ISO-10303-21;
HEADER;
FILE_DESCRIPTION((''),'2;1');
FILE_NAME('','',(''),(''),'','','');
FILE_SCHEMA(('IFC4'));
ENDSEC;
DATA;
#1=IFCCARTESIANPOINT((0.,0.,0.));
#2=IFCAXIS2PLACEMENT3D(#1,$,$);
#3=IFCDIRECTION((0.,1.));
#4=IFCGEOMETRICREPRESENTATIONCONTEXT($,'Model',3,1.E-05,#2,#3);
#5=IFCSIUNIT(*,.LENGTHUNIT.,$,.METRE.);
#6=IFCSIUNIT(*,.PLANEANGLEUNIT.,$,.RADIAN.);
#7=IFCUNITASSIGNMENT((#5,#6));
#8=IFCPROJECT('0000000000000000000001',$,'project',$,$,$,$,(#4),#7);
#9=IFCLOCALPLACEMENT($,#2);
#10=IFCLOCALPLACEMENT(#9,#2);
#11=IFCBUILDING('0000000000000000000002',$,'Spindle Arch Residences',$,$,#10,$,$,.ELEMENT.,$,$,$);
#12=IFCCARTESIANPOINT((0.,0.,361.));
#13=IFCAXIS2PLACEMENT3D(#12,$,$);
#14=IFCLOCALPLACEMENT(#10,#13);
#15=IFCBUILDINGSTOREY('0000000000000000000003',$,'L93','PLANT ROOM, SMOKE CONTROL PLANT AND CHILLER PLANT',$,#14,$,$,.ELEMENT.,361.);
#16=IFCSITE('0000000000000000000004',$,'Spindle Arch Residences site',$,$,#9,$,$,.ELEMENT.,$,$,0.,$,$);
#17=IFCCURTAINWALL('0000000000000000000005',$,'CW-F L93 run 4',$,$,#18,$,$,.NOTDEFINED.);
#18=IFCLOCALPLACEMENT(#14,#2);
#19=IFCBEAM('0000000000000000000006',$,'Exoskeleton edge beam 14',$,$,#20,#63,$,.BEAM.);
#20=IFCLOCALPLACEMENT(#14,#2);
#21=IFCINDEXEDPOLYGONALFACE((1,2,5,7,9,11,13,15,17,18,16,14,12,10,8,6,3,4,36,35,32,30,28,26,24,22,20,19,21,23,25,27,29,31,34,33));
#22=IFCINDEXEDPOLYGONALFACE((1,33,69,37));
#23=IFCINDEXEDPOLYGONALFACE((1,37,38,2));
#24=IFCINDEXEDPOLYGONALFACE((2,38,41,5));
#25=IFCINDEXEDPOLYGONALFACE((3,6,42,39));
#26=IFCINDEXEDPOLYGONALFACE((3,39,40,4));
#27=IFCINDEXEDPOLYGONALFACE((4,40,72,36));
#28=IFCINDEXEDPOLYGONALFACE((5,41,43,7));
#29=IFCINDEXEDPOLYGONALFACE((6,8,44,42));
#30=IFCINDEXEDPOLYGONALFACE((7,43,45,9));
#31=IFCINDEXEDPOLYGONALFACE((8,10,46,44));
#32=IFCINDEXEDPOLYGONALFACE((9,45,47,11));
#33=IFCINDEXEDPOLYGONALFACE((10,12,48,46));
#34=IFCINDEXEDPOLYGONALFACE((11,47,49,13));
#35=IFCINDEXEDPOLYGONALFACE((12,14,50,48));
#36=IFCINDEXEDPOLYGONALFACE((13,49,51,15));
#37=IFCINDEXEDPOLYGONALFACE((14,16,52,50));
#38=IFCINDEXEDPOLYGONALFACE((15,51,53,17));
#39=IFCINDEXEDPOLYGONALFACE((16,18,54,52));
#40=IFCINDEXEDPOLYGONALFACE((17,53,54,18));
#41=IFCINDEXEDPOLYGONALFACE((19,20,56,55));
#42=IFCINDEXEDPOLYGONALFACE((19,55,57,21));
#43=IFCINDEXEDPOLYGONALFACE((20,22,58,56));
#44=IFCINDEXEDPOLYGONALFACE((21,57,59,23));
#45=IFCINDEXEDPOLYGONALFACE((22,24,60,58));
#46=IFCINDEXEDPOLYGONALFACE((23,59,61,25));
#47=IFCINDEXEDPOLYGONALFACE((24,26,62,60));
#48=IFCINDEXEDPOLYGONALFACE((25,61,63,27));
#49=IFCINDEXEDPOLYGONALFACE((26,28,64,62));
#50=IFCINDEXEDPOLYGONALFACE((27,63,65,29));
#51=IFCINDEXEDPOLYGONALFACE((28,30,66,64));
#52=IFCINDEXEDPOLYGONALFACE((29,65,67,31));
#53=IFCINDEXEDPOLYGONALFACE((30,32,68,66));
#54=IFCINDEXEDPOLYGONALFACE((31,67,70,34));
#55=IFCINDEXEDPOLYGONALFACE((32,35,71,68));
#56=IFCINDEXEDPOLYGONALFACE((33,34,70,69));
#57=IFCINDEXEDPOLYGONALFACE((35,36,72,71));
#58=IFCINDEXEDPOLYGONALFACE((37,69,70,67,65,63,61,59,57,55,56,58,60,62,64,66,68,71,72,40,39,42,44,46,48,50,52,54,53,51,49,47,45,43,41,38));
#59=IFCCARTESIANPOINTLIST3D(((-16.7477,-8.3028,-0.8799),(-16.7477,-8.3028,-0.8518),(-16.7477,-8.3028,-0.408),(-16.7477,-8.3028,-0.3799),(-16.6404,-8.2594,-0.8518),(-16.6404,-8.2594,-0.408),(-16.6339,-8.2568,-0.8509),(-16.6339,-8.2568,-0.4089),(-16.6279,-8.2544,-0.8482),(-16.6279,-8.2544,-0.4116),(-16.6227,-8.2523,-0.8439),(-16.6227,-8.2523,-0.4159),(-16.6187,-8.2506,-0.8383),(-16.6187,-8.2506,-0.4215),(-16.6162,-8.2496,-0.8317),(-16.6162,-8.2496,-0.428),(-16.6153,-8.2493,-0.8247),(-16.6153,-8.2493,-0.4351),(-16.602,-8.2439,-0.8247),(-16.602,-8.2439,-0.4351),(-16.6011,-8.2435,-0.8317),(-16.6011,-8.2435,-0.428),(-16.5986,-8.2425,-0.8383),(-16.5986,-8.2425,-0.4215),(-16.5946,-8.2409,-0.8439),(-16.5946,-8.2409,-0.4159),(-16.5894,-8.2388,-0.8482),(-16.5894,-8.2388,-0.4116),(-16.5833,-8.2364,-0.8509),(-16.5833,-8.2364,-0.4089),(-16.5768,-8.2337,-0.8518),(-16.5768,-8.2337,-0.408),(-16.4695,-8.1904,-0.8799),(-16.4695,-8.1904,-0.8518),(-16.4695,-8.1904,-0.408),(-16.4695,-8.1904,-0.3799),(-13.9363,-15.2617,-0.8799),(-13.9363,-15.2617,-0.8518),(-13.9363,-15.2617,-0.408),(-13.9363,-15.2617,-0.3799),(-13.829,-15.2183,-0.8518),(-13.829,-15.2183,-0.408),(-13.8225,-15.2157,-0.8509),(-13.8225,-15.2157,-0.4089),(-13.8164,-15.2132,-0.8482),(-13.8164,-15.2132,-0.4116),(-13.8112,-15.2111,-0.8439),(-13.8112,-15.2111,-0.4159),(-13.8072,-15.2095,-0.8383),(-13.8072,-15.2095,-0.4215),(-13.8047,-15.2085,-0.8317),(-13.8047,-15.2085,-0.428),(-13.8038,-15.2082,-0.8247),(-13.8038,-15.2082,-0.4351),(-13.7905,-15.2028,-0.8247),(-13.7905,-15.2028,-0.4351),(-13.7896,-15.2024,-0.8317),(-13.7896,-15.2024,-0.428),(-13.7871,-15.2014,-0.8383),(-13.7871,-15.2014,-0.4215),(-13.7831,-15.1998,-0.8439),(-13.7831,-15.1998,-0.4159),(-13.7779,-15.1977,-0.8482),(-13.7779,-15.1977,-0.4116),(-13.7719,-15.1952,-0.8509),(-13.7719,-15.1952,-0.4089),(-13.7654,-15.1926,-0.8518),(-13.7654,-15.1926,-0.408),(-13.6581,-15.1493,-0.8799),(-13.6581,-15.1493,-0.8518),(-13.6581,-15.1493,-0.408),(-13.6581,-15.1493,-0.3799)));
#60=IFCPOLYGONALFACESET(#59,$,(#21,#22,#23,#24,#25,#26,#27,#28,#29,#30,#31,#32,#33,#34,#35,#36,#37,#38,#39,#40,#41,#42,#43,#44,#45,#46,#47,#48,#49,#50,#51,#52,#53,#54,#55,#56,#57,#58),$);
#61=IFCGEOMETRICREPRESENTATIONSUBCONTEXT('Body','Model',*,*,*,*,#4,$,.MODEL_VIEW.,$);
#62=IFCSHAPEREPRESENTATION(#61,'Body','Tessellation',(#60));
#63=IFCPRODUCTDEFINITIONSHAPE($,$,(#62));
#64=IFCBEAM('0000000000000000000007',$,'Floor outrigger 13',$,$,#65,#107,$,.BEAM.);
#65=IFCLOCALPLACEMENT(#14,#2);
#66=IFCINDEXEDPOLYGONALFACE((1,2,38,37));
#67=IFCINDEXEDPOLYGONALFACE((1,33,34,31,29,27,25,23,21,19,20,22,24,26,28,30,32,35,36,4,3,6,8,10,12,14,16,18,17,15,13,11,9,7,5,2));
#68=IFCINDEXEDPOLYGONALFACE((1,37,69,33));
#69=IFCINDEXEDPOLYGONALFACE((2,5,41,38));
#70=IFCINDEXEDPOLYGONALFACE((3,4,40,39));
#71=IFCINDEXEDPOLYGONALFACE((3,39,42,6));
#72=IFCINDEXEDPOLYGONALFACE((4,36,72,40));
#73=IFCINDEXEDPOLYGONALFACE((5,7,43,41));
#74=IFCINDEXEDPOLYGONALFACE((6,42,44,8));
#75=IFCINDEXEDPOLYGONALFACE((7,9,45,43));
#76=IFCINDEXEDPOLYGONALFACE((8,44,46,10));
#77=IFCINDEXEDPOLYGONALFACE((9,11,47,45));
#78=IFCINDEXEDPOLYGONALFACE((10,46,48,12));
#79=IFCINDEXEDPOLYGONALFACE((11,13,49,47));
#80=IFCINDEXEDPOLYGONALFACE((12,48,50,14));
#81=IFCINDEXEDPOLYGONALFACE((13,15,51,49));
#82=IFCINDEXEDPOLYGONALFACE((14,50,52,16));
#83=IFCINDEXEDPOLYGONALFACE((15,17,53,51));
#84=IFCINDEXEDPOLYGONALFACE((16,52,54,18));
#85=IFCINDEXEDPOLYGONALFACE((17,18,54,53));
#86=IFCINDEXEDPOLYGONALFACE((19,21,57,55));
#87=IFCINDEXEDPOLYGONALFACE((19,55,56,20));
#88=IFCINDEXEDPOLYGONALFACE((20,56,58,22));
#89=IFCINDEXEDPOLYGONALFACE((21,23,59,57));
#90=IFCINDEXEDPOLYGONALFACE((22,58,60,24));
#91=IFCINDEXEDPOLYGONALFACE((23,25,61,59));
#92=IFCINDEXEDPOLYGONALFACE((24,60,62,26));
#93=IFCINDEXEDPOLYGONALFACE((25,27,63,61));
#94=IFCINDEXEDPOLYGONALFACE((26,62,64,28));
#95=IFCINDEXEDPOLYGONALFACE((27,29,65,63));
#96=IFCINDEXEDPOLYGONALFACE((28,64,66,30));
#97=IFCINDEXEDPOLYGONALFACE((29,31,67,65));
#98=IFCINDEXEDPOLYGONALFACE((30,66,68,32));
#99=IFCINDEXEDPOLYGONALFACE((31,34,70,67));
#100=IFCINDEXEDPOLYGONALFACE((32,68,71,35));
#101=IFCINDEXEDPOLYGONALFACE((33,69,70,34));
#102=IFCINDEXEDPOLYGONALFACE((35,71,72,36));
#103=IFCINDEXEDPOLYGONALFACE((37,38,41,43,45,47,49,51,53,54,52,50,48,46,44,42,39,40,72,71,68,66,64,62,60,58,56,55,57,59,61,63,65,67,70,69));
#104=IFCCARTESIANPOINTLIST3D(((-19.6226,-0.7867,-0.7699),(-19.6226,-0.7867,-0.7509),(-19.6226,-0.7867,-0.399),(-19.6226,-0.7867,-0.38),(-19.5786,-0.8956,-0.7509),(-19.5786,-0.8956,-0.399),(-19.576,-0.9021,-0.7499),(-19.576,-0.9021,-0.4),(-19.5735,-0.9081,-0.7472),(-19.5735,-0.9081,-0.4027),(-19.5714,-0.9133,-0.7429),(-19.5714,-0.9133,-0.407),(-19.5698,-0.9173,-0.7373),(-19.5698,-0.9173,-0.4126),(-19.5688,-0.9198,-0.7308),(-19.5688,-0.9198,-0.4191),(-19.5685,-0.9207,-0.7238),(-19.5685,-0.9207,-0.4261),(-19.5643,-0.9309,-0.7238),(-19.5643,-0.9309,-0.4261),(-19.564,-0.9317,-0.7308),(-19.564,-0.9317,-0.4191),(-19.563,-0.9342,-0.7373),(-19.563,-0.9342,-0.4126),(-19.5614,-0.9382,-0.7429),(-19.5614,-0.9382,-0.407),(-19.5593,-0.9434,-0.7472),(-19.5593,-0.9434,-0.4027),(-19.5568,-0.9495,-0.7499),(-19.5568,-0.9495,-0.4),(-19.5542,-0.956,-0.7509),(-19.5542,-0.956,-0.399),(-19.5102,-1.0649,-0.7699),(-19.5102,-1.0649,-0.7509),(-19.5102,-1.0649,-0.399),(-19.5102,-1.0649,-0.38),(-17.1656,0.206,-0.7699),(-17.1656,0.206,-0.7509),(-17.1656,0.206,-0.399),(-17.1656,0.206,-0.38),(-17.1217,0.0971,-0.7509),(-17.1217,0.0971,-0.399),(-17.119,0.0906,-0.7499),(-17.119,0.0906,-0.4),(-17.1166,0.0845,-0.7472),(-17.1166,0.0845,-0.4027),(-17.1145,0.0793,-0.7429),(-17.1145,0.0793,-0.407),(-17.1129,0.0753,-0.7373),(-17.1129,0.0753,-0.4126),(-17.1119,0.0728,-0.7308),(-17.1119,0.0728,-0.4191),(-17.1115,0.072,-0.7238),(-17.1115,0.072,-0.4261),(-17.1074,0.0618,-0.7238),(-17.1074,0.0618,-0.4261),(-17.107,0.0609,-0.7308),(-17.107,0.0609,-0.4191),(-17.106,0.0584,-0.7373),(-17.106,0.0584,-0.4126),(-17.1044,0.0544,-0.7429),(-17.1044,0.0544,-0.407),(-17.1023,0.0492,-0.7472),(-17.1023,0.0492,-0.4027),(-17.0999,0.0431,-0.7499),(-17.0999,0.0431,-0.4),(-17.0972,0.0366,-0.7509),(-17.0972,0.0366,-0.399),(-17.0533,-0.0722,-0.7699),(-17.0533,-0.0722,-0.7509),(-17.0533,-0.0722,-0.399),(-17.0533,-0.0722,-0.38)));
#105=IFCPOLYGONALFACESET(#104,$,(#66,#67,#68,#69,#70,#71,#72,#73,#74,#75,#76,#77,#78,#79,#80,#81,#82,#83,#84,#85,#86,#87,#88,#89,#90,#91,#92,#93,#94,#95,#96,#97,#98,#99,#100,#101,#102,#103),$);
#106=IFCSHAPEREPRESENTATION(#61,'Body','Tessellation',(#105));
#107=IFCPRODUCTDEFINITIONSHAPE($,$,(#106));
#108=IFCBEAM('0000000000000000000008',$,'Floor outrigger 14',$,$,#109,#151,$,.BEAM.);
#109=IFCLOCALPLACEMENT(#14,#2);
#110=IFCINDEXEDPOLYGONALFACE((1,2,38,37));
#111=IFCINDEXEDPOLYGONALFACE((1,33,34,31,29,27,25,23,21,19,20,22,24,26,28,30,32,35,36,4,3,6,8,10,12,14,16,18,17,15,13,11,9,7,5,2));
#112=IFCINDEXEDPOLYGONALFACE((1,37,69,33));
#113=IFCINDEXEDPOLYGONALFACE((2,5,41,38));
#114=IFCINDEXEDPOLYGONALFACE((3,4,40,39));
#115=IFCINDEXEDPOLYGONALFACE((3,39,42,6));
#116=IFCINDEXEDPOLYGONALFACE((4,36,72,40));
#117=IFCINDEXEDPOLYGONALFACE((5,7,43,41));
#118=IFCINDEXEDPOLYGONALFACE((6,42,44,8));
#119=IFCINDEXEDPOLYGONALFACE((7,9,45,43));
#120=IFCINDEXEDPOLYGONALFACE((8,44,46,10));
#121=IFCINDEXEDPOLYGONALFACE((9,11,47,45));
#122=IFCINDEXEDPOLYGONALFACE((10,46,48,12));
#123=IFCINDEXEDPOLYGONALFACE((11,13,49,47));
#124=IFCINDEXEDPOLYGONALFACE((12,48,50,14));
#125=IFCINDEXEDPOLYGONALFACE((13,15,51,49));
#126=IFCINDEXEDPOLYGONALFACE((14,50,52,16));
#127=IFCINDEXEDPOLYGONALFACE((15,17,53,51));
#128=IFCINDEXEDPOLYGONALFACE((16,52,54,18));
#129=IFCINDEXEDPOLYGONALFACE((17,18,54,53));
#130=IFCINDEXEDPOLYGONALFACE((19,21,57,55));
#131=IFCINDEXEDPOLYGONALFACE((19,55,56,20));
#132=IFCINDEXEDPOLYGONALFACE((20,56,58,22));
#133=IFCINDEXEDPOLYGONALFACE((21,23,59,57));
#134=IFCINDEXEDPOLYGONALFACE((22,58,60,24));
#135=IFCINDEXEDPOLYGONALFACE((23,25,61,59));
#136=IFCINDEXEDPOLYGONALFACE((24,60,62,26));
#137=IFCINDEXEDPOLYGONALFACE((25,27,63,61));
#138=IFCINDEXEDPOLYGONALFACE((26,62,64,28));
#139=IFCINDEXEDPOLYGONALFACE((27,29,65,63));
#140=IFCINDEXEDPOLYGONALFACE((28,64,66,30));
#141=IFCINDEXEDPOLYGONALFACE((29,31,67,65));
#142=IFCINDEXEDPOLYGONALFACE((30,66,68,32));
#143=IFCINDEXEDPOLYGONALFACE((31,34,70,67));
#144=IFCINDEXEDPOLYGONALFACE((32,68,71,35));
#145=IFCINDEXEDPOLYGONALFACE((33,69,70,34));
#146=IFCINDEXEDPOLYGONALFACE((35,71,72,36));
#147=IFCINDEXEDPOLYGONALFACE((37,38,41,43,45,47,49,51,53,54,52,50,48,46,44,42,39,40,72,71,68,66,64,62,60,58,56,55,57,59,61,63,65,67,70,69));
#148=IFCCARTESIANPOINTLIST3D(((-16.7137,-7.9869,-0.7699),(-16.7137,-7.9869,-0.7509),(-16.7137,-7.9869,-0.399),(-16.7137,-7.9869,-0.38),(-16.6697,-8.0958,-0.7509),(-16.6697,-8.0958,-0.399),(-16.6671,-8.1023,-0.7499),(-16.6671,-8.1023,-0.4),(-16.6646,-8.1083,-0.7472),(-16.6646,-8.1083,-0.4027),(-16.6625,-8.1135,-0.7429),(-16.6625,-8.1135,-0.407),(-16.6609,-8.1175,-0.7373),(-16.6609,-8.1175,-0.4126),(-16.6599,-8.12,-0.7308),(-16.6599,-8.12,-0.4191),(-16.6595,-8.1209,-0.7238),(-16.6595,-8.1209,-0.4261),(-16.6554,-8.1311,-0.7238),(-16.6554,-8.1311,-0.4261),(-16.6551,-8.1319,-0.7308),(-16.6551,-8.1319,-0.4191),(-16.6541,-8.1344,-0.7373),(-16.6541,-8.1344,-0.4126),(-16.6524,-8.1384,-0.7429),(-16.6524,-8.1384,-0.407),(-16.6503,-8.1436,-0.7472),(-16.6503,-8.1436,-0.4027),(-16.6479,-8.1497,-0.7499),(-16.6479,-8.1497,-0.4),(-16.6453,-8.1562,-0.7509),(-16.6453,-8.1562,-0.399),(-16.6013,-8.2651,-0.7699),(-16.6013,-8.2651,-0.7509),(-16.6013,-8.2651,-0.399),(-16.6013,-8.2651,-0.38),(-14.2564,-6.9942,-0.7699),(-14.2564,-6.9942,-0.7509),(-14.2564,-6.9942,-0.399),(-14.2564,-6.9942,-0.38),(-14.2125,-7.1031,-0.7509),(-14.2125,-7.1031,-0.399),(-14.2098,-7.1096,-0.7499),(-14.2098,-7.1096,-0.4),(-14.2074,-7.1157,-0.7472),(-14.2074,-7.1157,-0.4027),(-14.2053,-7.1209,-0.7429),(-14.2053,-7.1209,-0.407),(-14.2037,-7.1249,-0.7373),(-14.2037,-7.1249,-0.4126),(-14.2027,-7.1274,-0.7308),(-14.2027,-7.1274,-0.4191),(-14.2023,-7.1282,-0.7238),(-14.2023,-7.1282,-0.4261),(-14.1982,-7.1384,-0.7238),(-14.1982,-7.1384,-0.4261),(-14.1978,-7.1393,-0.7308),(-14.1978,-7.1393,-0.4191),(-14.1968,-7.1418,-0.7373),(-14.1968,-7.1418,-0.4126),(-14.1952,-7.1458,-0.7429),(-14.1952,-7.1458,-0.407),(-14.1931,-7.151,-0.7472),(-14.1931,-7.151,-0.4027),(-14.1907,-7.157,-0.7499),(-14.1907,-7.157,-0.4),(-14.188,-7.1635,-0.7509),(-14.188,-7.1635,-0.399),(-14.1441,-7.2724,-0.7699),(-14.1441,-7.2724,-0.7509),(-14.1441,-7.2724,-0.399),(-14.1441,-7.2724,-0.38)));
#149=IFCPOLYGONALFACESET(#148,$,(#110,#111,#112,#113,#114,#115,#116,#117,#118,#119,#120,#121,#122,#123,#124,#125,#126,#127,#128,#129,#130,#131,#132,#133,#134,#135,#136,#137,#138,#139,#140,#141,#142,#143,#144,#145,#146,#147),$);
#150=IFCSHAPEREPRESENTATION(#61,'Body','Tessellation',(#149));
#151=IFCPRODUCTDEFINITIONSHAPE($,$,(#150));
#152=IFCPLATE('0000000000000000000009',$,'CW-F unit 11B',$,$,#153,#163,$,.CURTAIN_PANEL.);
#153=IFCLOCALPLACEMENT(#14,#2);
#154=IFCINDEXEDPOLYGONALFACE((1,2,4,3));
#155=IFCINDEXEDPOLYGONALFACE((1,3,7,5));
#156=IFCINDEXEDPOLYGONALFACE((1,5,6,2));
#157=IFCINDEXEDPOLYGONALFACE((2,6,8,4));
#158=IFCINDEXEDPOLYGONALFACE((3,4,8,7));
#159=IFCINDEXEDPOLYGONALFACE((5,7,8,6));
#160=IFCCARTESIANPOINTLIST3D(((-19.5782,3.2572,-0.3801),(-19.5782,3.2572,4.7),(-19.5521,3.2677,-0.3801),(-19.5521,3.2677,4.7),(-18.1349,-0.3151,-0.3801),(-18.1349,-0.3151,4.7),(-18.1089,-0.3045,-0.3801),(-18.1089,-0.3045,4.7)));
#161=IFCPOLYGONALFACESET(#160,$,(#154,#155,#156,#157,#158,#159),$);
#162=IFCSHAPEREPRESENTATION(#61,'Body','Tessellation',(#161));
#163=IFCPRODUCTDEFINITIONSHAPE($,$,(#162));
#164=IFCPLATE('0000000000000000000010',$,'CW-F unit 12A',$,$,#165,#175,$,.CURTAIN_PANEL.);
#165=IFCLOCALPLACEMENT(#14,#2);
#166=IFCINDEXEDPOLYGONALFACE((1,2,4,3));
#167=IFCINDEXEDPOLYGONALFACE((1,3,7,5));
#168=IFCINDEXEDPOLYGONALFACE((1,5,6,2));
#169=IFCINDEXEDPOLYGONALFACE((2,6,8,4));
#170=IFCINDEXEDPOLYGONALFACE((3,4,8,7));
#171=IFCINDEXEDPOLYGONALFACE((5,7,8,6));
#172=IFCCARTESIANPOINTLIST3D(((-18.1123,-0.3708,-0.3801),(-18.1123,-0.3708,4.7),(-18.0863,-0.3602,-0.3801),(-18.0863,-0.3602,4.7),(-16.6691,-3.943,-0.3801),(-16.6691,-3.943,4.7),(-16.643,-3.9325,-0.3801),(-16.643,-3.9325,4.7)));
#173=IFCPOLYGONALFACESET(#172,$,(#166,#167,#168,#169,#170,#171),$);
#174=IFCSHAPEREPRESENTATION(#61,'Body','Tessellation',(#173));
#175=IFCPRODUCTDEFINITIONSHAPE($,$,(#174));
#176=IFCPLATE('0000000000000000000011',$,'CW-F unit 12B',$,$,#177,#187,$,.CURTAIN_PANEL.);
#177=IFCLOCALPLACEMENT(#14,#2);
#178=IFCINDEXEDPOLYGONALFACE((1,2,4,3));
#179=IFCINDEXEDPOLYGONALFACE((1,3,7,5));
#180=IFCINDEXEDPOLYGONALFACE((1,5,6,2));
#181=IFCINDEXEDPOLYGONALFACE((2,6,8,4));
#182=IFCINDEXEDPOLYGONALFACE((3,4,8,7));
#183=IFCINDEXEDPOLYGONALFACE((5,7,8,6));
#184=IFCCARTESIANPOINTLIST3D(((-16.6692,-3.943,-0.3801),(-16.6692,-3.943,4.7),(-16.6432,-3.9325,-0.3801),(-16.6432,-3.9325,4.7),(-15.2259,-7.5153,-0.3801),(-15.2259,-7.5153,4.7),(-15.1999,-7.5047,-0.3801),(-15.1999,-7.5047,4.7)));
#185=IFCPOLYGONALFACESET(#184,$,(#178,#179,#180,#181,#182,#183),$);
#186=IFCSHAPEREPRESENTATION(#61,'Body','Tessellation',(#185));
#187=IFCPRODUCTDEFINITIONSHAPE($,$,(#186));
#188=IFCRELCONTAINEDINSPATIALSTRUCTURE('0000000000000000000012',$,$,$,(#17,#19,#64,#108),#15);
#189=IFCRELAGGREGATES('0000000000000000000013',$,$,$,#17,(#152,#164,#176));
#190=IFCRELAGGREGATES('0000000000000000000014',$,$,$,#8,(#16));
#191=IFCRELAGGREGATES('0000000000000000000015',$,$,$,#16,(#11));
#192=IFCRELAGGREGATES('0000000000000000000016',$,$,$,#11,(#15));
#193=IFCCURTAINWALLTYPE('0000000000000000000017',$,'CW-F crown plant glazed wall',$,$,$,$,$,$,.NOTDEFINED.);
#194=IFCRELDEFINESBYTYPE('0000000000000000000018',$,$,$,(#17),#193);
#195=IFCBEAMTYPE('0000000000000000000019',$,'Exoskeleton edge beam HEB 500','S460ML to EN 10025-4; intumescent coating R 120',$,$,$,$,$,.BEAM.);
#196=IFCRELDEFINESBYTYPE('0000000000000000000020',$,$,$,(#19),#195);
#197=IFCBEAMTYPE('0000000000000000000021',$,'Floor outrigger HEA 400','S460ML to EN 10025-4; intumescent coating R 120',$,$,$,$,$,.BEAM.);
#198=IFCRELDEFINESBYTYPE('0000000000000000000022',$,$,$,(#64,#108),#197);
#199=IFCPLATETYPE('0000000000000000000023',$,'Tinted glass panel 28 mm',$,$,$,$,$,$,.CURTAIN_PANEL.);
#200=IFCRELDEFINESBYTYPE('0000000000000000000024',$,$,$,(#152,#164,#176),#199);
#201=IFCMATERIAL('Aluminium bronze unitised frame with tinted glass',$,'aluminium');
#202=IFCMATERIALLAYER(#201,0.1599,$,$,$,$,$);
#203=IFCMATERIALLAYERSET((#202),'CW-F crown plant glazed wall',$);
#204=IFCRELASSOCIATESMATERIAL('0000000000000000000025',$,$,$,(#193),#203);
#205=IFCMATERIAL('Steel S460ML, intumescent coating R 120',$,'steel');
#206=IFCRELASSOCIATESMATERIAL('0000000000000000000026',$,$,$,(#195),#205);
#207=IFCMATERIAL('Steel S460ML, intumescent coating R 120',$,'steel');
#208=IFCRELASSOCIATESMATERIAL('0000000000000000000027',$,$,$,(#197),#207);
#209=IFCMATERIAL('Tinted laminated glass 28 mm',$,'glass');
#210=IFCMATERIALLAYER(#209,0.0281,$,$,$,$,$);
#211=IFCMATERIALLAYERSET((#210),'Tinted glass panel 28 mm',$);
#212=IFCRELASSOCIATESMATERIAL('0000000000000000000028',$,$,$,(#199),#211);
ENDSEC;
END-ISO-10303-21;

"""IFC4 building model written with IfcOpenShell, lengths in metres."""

from ifc_helpers import new_model, si_unit, direction, frame, origin, origin_2d, place, context, subcontext, project, spatial, rectangle, i_section, extrude, material, layer, layer_set, material_profile, profile_set, type_object, element, aggregate, save


model = new_model("IFC4")

# Units and contexts
model_context = context("Model", 3, precision=1e-05, world=origin(), true_north=direction((0.0, 1.0)))
body_context = subcontext(model_context, "Body", "Model", "MODEL_VIEW")
ifc_project = project(units=[si_unit("LENGTHUNIT", "METRE"), si_unit("PLANEANGLEUNIT", "RADIAN")], contexts=[model_context])

# Site, building, storey
site_placement = place(None, origin())
site = spatial("IfcSite", under=ifc_project, at=site_placement, Name="Spindle Arch Residences site", CompositionType="ELEMENT", RefElevation=0.0)
building_placement = place(site_placement, origin())
building = spatial("IfcBuilding", under=site, at=building_placement, Name="Spindle Arch Residences", CompositionType="ELEMENT")
storey_placement = place(building_placement, frame((0.0, 0.0, 361.0)))
storey = spatial("IfcBuildingStorey", under=building, at=storey_placement, Name="L93", Description="PLANT ROOM, SMOKE CONTROL PLANT AND CHILLER PLANT", CompositionType="ELEMENT", Elevation=361.0)

# Curtain wall
ifc_material_1 = material(Name="Aluminium bronze unitised frame with tinted glass", Category="aluminium")
ifc_layer_1 = layer(ifc_material_1, 0.1599)
ifc_layer_set_1 = layer_set([ifc_layer_1], Name="CW-F crown plant glazed wall")
curtain_wall_type = type_object("IfcCurtainWallType", Name="CW-F crown plant glazed wall", PredefinedType="NOTDEFINED", material=ifc_layer_set_1)
curtain_wall_placement = place(storey_placement, origin())
curtain_wall = element("IfcCurtainWall", 1, at=curtain_wall_placement, inside=storey, type_object=curtain_wall_type, Name="CW-F L93 run 4", PredefinedType="NOTDEFINED")

# Beams
ifc_material_2 = material(Name="Steel S460ML, intumescent coating R 120", Category="steel")
ifc_material_profile_1 = material_profile(ifc_material_2, i_section(OverallWidth=0.3, OverallDepth=0.5, WebThickness=0.0144, FlangeThickness=0.0281, FilletRadius=0.0271, at=origin_2d()), Name="HEB 500")
ifc_profile_set_1 = profile_set([ifc_material_profile_1], Name="Steel S460ML, intumescent coating R 120")
beam_type_1 = type_object("IfcBeamType", Name="Exoskeleton edge beam HEB 500", Description="S460ML to EN 10025-4; intumescent coating R 120", PredefinedType="BEAM", material=ifc_profile_set_1)
for number, where, z_axis, x_axis, name in (
    (2, (-16.6086, -8.2466, -0.6299), (0.374596, -0.927188, 0.0), (0.927188, 0.374596, 0.0), "Exoskeleton edge beam 14"),
):
    element("IfcBeam", number, at=place(storey_placement, frame(where, z_axis=z_axis, x_axis=x_axis)), inside=storey, type_object=beam_type_1, Name=name, PredefinedType="BEAM", context=body_context, shape_type="SweptSolid", body=[
        extrude(i_section(OverallWidth=0.3, OverallDepth=0.5, WebThickness=0.0144, FlangeThickness=0.0281, FilletRadius=0.0271, at=origin_2d()), origin(), (0.0, 0.0, 1.0), 7.5054),
    ])
ifc_material_3 = material(Name="Steel S460ML, intumescent coating R 120", Category="steel")
ifc_material_profile_2 = material_profile(ifc_material_3, i_section(OverallWidth=0.3, OverallDepth=0.3899, WebThickness=0.011, FlangeThickness=0.019, FilletRadius=0.0271, at=origin_2d()), Name="HEA 400")
ifc_profile_set_2 = profile_set([ifc_material_profile_2], Name="Steel S460ML, intumescent coating R 120")
beam_type_2 = type_object("IfcBeamType", Name="Floor outrigger HEA 400", Description="S460ML to EN 10025-4; intumescent coating R 120", PredefinedType="BEAM", material=ifc_profile_set_2)
beam_1_placement = place(storey_placement, frame((-19.5664, -0.9258, -0.575), z_axis=(0.927188, 0.374597, 0.0), x_axis=(-0.374597, 0.927188, 0.0)))
element("IfcBeam", 3, at=beam_1_placement, inside=storey, type_object=beam_type_2, Name="Floor outrigger 13", PredefinedType="BEAM", context=body_context, shape_type="SweptSolid", body=[
    extrude(i_section(OverallWidth=0.3, OverallDepth=0.3899, WebThickness=0.011, FlangeThickness=0.019, FilletRadius=0.0271, at=origin_2d()), origin(), (0.0, 0.0, 1.0), 2.6499),
])
beam_2_placement = place(storey_placement, frame((-16.6575, -8.126, -0.575), z_axis=(0.927201, 0.374565, 0.0), x_axis=(-0.374565, 0.927201, 0.0)))
element("IfcBeam", 4, at=beam_2_placement, inside=storey, type_object=beam_type_2, Name="Floor outrigger 14", PredefinedType="BEAM", context=body_context, shape_type="SweptSolid", body=[
    extrude(i_section(OverallWidth=0.3, OverallDepth=0.3899, WebThickness=0.011, FlangeThickness=0.019, FilletRadius=0.0271, at=origin_2d()), origin(), (0.0, 0.0, 1.0), 2.6501),
])

# Plates
ifc_material_4 = material(Name="Tinted laminated glass 28 mm", Category="glass")
ifc_layer_2 = layer(ifc_material_4, 0.0281)
ifc_layer_set_2 = layer_set([ifc_layer_2], Name="Tinted glass panel 28 mm")
plate_type = type_object("IfcPlateType", Name="Tinted glass panel 28 mm", PredefinedType="CURTAIN_PANEL", material=ifc_layer_set_2)
plate_1_placement = place(storey_placement, frame((-18.8435, 1.4763, -0.3801), z_axis=(0.0, 0.0, 1.0), x_axis=(0.374607, -0.927184, 0.0)))
plate_1 = element("IfcPlate", 5, at=plate_1_placement, type_object=plate_type, Name="CW-F unit 11B", PredefinedType="CURTAIN_PANEL", context=body_context, shape_type="SweptSolid", body=[
    extrude(rectangle(XDim=3.8528, YDim=0.0281, at=origin_2d()), origin(), (0.0, 0.0, 1.0), 5.0801),
])
plate_2_placement = place(storey_placement, frame((-17.3777, -2.1516, -0.3801), z_axis=(0.0, 0.0, 1.0), x_axis=(0.374607, -0.927184, 0.0)))
plate_2 = element("IfcPlate", 6, at=plate_2_placement, type_object=plate_type, Name="CW-F unit 12A", PredefinedType="CURTAIN_PANEL", context=body_context, shape_type="SweptSolid", body=[
    extrude(rectangle(XDim=3.8528, YDim=0.0281, at=origin_2d()), origin(), (0.0, 0.0, 1.0), 5.0801),
])
plate_3_placement = place(storey_placement, frame((-15.9346, -5.7239, -0.3801), z_axis=(0.0, 0.0, 1.0), x_axis=(0.374607, -0.927184, 0.0)))
plate_3 = element("IfcPlate", 7, at=plate_3_placement, type_object=plate_type, Name="CW-F unit 12B", PredefinedType="CURTAIN_PANEL", context=body_context, shape_type="SweptSolid", body=[
    extrude(rectangle(XDim=3.8528, YDim=0.0281, at=origin_2d()), origin(), (0.0, 0.0, 1.0), 5.0801),
])
aggregate(curtain_wall, [plate_1, plate_2, plate_3])

save(model, "model.ifc")
